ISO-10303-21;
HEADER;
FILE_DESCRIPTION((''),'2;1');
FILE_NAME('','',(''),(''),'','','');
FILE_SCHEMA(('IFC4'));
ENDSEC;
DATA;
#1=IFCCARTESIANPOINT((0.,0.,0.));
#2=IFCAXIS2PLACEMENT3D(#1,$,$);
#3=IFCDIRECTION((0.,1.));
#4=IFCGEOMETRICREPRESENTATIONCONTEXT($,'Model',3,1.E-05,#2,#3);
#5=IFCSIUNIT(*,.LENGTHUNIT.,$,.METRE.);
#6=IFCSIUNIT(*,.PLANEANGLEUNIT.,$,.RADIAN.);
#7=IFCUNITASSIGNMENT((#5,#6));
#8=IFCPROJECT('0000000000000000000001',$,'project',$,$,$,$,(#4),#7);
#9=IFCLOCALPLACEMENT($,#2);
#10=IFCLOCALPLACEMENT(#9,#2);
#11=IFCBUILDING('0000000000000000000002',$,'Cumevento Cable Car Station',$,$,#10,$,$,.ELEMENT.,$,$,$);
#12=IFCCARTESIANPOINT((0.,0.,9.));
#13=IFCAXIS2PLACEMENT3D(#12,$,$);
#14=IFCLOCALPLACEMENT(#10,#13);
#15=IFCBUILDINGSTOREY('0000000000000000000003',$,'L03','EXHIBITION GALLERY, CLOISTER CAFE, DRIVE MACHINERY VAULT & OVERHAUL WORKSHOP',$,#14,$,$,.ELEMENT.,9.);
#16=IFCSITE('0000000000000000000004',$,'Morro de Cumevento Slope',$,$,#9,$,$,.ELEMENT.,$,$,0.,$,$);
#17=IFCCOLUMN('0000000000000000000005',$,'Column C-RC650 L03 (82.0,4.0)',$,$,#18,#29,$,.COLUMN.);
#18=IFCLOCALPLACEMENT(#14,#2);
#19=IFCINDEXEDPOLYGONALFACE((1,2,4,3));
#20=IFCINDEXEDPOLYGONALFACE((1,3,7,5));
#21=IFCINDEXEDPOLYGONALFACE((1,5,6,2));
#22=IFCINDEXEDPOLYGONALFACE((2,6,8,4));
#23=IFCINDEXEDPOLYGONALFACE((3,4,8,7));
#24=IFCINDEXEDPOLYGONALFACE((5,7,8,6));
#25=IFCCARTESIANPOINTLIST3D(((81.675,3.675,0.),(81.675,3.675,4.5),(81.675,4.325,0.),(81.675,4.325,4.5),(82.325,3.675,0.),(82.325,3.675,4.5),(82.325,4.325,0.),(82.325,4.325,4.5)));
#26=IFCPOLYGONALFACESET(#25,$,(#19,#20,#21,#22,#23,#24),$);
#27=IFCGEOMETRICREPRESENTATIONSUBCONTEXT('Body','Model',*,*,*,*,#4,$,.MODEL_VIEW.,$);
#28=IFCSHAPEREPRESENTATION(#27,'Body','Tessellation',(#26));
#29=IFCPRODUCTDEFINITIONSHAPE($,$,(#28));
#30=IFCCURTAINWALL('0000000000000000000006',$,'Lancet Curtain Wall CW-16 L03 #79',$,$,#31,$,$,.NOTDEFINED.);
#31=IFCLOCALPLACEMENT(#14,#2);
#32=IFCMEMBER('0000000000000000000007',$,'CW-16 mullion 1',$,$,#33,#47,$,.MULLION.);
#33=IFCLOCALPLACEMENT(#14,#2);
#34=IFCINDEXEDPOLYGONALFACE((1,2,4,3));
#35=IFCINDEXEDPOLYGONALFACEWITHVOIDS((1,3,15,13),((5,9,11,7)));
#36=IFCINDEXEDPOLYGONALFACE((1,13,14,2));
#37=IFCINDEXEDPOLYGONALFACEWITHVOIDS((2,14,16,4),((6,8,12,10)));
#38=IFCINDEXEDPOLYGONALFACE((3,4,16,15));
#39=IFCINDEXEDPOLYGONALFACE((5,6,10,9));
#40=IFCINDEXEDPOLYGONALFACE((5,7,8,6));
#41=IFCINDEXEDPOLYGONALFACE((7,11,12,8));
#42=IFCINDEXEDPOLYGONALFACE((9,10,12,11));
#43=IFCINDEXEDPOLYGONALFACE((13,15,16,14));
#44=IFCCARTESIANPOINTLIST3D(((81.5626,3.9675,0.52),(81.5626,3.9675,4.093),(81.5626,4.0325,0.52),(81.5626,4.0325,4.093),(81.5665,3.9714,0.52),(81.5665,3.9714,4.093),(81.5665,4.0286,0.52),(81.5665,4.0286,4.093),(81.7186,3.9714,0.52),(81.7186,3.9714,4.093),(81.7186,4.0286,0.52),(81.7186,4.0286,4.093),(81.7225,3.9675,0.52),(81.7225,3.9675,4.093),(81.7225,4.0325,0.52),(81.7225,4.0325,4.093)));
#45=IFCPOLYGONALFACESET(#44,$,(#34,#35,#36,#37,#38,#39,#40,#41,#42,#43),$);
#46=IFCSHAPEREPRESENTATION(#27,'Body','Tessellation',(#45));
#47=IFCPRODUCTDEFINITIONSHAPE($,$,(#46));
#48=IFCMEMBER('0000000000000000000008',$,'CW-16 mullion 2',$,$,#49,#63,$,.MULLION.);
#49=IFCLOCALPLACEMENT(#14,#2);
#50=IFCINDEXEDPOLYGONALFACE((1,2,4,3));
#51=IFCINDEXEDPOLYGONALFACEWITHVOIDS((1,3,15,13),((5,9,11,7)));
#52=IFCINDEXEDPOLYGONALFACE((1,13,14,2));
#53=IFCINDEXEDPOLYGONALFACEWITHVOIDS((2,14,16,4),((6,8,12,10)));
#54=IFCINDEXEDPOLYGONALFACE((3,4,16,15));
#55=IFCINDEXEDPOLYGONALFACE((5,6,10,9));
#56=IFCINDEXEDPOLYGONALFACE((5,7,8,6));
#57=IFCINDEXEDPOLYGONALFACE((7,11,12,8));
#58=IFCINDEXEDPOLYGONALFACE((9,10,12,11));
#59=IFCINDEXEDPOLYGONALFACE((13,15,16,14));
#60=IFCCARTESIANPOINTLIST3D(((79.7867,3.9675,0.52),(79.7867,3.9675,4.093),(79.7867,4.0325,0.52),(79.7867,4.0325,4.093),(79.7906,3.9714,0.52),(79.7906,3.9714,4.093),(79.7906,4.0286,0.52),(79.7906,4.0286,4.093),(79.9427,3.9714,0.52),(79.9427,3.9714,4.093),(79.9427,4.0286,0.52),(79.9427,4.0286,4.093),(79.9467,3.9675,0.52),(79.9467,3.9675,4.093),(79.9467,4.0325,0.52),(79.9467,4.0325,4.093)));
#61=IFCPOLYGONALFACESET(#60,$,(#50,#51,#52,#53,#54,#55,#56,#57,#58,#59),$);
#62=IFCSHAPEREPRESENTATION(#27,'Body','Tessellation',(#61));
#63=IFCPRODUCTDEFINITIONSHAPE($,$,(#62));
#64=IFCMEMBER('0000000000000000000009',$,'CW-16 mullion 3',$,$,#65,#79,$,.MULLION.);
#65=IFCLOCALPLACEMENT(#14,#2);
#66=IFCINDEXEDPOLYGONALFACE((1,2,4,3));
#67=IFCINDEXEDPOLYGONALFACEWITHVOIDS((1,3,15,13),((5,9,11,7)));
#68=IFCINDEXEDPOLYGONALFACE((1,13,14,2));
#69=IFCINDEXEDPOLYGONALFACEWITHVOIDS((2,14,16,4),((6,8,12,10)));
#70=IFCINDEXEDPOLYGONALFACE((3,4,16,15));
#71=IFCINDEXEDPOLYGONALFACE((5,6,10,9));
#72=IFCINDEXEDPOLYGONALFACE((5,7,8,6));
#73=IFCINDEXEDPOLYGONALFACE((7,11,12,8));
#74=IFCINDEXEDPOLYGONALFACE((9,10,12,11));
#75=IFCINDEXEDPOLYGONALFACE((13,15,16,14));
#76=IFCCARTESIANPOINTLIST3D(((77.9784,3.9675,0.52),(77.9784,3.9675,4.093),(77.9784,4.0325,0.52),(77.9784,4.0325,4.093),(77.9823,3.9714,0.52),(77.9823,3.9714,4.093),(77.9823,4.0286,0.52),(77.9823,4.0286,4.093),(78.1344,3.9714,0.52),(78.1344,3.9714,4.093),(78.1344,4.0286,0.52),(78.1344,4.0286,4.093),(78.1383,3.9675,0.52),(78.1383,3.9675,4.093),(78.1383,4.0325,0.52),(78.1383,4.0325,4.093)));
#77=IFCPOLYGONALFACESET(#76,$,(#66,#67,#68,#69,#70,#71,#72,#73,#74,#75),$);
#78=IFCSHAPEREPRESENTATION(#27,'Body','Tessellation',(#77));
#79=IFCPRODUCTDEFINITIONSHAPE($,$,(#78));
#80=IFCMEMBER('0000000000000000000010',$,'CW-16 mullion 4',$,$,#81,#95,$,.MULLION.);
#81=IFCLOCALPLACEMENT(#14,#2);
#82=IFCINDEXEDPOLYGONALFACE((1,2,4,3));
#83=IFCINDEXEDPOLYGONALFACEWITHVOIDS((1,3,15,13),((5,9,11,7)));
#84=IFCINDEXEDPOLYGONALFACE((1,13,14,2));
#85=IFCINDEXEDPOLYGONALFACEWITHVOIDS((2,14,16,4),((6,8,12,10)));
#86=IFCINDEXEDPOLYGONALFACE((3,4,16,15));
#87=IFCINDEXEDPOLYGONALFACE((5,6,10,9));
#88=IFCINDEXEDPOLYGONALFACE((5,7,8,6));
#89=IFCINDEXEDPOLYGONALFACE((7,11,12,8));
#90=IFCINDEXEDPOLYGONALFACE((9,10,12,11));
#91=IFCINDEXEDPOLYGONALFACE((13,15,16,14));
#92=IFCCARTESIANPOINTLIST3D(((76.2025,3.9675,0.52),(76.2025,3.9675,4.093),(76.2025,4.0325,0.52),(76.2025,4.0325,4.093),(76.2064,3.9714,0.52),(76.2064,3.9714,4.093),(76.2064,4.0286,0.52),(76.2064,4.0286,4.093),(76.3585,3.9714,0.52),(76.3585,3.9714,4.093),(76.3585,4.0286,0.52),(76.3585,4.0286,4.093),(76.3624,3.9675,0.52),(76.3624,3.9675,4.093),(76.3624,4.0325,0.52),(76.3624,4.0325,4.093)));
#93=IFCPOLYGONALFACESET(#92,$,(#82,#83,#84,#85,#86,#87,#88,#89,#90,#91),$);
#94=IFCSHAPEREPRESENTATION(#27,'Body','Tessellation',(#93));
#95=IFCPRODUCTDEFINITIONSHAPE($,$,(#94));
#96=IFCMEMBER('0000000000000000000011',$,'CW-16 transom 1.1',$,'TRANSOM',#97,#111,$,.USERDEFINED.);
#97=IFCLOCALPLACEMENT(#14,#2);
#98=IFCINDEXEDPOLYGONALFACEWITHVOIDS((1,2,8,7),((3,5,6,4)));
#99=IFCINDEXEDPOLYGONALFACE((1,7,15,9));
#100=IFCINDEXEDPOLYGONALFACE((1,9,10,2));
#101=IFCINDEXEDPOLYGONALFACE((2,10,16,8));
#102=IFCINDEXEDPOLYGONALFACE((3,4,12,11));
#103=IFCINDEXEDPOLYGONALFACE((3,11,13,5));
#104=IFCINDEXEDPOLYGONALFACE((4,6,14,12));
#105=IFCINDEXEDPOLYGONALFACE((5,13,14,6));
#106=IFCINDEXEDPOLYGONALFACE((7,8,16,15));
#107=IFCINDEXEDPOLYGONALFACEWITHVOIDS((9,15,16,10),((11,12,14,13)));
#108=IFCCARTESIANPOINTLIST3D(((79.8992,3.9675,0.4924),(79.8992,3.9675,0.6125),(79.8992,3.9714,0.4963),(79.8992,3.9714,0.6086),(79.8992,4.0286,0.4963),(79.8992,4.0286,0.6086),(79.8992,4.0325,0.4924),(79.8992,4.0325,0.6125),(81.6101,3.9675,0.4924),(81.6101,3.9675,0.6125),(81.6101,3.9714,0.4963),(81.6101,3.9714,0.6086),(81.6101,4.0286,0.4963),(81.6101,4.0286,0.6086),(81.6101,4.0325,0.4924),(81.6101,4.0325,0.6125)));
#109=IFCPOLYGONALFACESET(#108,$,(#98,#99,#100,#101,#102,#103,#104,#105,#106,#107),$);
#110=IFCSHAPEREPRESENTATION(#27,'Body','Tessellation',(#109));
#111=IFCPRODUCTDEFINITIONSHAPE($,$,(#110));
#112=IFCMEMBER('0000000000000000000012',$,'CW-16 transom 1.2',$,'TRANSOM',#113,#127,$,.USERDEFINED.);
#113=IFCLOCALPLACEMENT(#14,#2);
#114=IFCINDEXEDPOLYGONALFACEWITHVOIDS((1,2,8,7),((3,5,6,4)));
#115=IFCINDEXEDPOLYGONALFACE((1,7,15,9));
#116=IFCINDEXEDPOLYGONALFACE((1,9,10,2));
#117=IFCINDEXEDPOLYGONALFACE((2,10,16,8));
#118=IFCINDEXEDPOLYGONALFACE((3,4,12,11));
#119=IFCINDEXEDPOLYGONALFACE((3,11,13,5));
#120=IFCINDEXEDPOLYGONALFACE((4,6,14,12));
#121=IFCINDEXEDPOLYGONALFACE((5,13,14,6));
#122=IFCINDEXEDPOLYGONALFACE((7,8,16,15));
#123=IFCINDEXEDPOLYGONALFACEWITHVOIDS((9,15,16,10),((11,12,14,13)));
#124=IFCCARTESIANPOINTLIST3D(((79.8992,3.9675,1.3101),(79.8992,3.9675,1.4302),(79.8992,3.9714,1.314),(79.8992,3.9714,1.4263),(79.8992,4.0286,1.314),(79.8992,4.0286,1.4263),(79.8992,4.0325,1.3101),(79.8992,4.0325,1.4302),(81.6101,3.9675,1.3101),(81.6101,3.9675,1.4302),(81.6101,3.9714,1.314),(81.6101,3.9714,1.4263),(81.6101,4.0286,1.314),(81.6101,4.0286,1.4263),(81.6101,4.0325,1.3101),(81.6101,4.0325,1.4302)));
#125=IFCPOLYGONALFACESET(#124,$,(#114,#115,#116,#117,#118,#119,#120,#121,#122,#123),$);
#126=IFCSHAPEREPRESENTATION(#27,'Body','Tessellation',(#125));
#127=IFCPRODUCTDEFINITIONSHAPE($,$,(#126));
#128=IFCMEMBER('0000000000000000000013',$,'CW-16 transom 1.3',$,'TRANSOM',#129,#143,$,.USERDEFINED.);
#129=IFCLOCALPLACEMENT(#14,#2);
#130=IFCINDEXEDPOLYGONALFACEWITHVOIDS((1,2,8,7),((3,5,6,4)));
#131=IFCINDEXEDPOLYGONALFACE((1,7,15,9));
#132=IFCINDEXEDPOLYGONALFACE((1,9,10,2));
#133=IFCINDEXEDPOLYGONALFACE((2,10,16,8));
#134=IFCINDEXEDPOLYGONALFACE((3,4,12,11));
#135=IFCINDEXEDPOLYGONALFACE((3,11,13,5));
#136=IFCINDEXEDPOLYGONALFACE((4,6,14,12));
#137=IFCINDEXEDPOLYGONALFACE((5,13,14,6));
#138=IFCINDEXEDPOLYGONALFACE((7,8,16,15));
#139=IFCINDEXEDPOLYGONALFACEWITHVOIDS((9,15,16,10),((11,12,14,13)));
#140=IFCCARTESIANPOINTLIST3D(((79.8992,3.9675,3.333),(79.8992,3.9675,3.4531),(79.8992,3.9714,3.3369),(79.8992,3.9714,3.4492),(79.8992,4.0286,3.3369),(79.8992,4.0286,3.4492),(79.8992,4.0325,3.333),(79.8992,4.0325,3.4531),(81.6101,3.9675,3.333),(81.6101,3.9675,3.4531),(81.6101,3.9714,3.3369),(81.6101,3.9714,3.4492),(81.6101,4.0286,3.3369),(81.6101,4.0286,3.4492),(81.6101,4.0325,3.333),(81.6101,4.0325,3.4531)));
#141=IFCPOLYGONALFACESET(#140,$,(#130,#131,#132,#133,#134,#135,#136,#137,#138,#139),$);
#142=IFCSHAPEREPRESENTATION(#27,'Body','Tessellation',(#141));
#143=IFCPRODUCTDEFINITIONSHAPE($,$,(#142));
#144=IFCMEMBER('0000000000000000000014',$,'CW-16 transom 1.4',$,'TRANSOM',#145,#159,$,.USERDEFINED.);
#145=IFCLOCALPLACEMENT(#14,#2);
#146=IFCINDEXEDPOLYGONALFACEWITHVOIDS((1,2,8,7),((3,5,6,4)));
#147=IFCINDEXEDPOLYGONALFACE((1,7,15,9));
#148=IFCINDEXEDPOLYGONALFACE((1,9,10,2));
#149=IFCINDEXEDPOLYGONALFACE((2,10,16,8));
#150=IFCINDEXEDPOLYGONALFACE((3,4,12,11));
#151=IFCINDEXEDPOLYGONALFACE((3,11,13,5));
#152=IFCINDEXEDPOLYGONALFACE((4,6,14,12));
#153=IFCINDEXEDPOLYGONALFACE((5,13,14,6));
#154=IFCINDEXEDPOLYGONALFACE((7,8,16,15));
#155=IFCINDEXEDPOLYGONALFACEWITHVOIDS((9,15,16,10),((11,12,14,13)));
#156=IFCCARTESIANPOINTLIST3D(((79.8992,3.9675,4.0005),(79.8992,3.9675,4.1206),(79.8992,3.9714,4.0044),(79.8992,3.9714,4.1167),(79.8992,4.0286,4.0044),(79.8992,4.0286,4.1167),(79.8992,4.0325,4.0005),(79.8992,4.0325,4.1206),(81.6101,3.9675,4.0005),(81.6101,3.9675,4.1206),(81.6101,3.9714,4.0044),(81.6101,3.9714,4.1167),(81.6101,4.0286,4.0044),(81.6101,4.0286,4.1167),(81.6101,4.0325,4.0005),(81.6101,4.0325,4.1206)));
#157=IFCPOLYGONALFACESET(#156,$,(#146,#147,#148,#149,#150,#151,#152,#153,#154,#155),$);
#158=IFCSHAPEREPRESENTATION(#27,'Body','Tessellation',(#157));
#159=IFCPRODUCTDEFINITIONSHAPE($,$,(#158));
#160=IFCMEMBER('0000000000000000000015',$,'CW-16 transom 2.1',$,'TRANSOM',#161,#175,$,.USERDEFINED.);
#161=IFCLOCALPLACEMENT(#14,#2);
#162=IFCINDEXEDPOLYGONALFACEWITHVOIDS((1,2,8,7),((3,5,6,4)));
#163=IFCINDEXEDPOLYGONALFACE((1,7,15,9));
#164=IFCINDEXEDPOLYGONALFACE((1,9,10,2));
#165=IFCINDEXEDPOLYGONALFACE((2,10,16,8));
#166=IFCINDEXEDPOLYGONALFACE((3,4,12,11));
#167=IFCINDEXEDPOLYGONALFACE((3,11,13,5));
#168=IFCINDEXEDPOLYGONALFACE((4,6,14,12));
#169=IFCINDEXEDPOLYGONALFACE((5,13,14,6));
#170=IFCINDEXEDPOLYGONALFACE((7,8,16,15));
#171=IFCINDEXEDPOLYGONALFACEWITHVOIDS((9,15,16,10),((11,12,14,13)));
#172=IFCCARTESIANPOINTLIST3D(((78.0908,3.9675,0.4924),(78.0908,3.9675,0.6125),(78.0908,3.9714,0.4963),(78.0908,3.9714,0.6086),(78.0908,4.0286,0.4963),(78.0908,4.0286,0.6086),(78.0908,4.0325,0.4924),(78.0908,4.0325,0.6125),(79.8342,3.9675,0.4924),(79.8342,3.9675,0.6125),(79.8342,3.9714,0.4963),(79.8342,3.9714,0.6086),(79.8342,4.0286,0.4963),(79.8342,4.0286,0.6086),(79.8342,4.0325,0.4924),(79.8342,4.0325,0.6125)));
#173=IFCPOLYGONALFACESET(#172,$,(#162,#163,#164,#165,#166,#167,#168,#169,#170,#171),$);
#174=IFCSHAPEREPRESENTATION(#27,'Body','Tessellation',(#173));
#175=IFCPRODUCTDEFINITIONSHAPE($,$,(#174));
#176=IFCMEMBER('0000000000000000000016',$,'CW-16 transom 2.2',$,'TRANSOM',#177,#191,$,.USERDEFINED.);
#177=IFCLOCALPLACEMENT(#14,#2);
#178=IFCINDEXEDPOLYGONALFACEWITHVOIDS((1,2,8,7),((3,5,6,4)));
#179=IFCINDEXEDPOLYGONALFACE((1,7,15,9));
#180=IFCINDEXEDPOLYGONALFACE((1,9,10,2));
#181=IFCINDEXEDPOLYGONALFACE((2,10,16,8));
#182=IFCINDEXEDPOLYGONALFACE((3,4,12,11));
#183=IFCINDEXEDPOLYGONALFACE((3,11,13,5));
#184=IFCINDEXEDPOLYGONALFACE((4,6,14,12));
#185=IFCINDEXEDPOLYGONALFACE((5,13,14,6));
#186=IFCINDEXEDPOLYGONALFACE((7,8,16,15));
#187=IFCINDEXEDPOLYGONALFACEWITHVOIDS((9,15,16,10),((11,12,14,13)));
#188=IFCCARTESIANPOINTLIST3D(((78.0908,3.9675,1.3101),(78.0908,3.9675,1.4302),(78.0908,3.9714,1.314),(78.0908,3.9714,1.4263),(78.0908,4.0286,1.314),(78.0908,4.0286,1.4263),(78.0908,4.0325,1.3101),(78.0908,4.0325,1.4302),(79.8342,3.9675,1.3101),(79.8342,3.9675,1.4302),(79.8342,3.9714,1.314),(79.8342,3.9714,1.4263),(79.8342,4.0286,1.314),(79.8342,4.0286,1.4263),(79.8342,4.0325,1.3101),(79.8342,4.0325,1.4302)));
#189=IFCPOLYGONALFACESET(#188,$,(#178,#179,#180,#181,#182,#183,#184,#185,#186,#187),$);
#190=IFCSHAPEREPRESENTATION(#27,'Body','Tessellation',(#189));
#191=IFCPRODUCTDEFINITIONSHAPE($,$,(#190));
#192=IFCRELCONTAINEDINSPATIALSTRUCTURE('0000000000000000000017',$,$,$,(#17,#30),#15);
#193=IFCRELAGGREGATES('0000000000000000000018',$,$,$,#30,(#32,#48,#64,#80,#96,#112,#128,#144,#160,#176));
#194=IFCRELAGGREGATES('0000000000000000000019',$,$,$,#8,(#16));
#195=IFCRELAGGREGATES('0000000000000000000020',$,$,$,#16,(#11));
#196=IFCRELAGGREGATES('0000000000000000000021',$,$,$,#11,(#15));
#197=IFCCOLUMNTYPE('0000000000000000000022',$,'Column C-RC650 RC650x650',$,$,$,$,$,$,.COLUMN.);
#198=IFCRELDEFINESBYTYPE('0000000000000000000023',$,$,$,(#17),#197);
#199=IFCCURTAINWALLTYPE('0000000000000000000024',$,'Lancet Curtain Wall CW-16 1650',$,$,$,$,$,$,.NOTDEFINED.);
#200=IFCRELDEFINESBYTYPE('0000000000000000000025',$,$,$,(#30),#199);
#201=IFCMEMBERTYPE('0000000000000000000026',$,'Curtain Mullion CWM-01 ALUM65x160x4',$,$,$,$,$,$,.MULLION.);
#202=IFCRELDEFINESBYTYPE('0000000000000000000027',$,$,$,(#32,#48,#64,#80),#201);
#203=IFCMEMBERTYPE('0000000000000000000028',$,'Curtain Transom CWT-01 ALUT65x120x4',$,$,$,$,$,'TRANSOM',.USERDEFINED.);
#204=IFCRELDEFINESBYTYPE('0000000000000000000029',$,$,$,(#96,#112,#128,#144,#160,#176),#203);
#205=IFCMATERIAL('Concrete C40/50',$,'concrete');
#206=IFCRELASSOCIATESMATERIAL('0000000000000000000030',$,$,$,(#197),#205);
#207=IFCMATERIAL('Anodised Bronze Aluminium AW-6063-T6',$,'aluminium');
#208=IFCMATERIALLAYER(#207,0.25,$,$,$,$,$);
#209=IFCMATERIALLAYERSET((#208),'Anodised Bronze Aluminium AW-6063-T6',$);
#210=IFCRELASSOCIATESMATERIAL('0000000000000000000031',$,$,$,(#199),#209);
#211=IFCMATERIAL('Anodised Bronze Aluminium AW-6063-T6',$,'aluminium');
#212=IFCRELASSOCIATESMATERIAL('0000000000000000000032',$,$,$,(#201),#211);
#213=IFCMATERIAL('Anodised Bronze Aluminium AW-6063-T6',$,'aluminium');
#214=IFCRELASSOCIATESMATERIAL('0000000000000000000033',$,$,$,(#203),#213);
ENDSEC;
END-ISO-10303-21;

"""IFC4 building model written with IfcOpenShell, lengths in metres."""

from ifc_helpers import new_model, si_unit, direction, frame, origin, origin_2d, place, context, subcontext, project, spatial, rectangle, hollow_rectangle, extrude, material, layer, layer_set, material_profile, profile_set, type_object, element, aggregate, save


model = new_model("IFC4")

# Units and contexts
model_context = context("Model", 3, precision=1e-05, world=origin(), true_north=direction((0.0, 1.0)))
body_context = subcontext(model_context, "Body", "Model", "MODEL_VIEW")
ifc_project = project(units=[si_unit("LENGTHUNIT", "METRE"), si_unit("PLANEANGLEUNIT", "RADIAN")], contexts=[model_context])

# Site, building, storey
site_placement = place(None, origin())
site = spatial("IfcSite", under=ifc_project, at=site_placement, Name="Morro de Cumevento Slope", CompositionType="ELEMENT", RefElevation=0.0)
building_placement = place(site_placement, origin())
building = spatial("IfcBuilding", under=site, at=building_placement, Name="Cumevento Cable Car Station", CompositionType="ELEMENT")
storey_placement = place(building_placement, frame((0.0, 0.0, 9.0)))
storey = spatial("IfcBuildingStorey", under=building, at=storey_placement, Name="L03", Description="EXHIBITION GALLERY, CLOISTER CAFE, DRIVE MACHINERY VAULT & OVERHAUL WORKSHOP", CompositionType="ELEMENT", Elevation=9.0)

# Column
ifc_material_1 = material(Name="Concrete C40/50", Category="concrete")
ifc_material_profile_1 = material_profile(ifc_material_1, rectangle(XDim=0.6499, YDim=0.6499, at=origin_2d()), Name="RC650x650")
ifc_profile_set_1 = profile_set([ifc_material_profile_1], Name="Concrete C40/50")
column_type = type_object("IfcColumnType", Name="Column C-RC650 RC650x650", PredefinedType="COLUMN", material=ifc_profile_set_1)
column_placement = place(storey_placement, frame((82.0, 4.0, 0.0), z_axis=(0.0, 0.0, 1.0), x_axis=(1.0, 0.0, 0.0)))
element("IfcColumn", 1, at=column_placement, inside=storey, type_object=column_type, Name="Column C-RC650 L03 (82.0,4.0)", PredefinedType="COLUMN", context=body_context, shape_type="SweptSolid", body=[
    extrude(rectangle(XDim=0.6499, YDim=0.6499, at=origin_2d()), origin(), (0.0, 0.0, 1.0), 4.5),
])

# Curtain wall, members
ifc_material_2 = material(Name="Anodised Bronze Aluminium AW-6063-T6", Category="aluminium")
ifc_layer_1 = layer(ifc_material_2, 0.25)
ifc_layer_set_1 = layer_set([ifc_layer_1], Name="Anodised Bronze Aluminium AW-6063-T6")
curtain_wall_type = type_object("IfcCurtainWallType", Name="Lancet Curtain Wall CW-16 1650", PredefinedType="NOTDEFINED", material=ifc_layer_set_1)
curtain_wall_placement = place(storey_placement, origin())
curtain_wall = element("IfcCurtainWall", 2, at=curtain_wall_placement, inside=storey, type_object=curtain_wall_type, Name="Lancet Curtain Wall CW-16 L03 #79", PredefinedType="NOTDEFINED")
ifc_material_3 = material(Name="Anodised Bronze Aluminium AW-6063-T6", Category="aluminium")
ifc_material_profile_2 = material_profile(ifc_material_3, hollow_rectangle(XDim=0.0649, YDim=0.1599, WallThickness=0.0039, at=origin_2d()), Name="ALUM65x160x4")
ifc_profile_set_2 = profile_set([ifc_material_profile_2], Name="Anodised Bronze Aluminium AW-6063-T6")
member_type_1 = type_object("IfcMemberType", Name="Curtain Mullion CWM-01 ALUM65x160x4", PredefinedType="MULLION", material=ifc_profile_set_2)
member_1_placement = place(storey_placement, frame((81.6426, 4.0, 0.52), z_axis=(0.0, 0.0, 1.0), x_axis=(0.0, -1.0, 0.0)))
member_1 = element("IfcMember", 3, at=member_1_placement, type_object=member_type_1, Name="CW-16 mullion 1", PredefinedType="MULLION", context=body_context, shape_type="SweptSolid", body=[
    extrude(hollow_rectangle(XDim=0.0649, YDim=0.1599, WallThickness=0.0039, at=origin_2d()), origin(), (0.0, 0.0, 1.0), 3.573),
])
member_2_placement = place(storey_placement, frame((79.8667, 4.0, 0.52), z_axis=(0.0, 0.0, 1.0), x_axis=(0.0, -1.0, 0.0)))
member_2 = element("IfcMember", 4, at=member_2_placement, type_object=member_type_1, Name="CW-16 mullion 2", PredefinedType="MULLION", context=body_context, shape_type="SweptSolid", body=[
    extrude(hollow_rectangle(XDim=0.0649, YDim=0.1599, WallThickness=0.0039, at=origin_2d()), origin(), (0.0, 0.0, 1.0), 3.573),
])
member_3_placement = place(storey_placement, frame((78.0583, 4.0, 0.52), z_axis=(0.0, 0.0, 1.0), x_axis=(0.0, -1.0, 0.0)))
member_3 = element("IfcMember", 5, at=member_3_placement, type_object=member_type_1, Name="CW-16 mullion 3", PredefinedType="MULLION", context=body_context, shape_type="SweptSolid", body=[
    extrude(hollow_rectangle(XDim=0.0649, YDim=0.1599, WallThickness=0.0039, at=origin_2d()), origin(), (0.0, 0.0, 1.0), 3.573),
])
member_4_placement = place(storey_placement, frame((76.2825, 4.0, 0.52), z_axis=(0.0, 0.0, 1.0), x_axis=(0.0, -1.0, 0.0)))
member_4 = element("IfcMember", 6, at=member_4_placement, type_object=member_type_1, Name="CW-16 mullion 4", PredefinedType="MULLION", context=body_context, shape_type="SweptSolid", body=[
    extrude(hollow_rectangle(XDim=0.0649, YDim=0.1599, WallThickness=0.0039, at=origin_2d()), origin(), (0.0, 0.0, 1.0), 3.573),
])
ifc_material_4 = material(Name="Anodised Bronze Aluminium AW-6063-T6", Category="aluminium")
ifc_material_profile_3 = material_profile(ifc_material_4, hollow_rectangle(XDim=0.0649, YDim=0.1201, WallThickness=0.0039, at=origin_2d()), Name="ALUT65x120x4")
ifc_profile_set_3 = profile_set([ifc_material_profile_3], Name="Anodised Bronze Aluminium AW-6063-T6")
member_type_2 = type_object("IfcMemberType", Name="Curtain Transom CWT-01 ALUT65x120x4", ElementType="TRANSOM", PredefinedType="USERDEFINED", material=ifc_profile_set_3)
member_5_placement = place(storey_placement, frame((81.6101, 4.0, 0.5525), z_axis=(-1.0, 0.0, 0.0), x_axis=(0.0, -1.0, 0.0)))
member_5 = element("IfcMember", 7, at=member_5_placement, type_object=member_type_2, Name="CW-16 transom 1.1", ObjectType="TRANSOM", PredefinedType="USERDEFINED", context=body_context, shape_type="SweptSolid", body=[
    extrude(hollow_rectangle(XDim=0.0649, YDim=0.1201, WallThickness=0.0039, at=origin_2d()), origin(), (0.0, 0.0, 1.0), 1.7109),
])
member_6_placement = place(storey_placement, frame((81.6101, 4.0, 1.3701), z_axis=(-1.0, 0.0, 0.0), x_axis=(0.0, -1.0, 0.0)))
member_6 = element("IfcMember", 8, at=member_6_placement, type_object=member_type_2, Name="CW-16 transom 1.2", ObjectType="TRANSOM", PredefinedType="USERDEFINED", context=body_context, shape_type="SweptSolid", body=[
    extrude(hollow_rectangle(XDim=0.0649, YDim=0.1201, WallThickness=0.0039, at=origin_2d()), origin(), (0.0, 0.0, 1.0), 1.7109),
])
member_7_placement = place(storey_placement, frame((81.6101, 4.0, 3.3931), z_axis=(-1.0, 0.0, 0.0), x_axis=(0.0, -1.0, 0.0)))
member_7 = element("IfcMember", 9, at=member_7_placement, type_object=member_type_2, Name="CW-16 transom 1.3", ObjectType="TRANSOM", PredefinedType="USERDEFINED", context=body_context, shape_type="SweptSolid", body=[
    extrude(hollow_rectangle(XDim=0.0649, YDim=0.1201, WallThickness=0.0039, at=origin_2d()), origin(), (0.0, 0.0, 1.0), 1.7109),
])
member_8_placement = place(storey_placement, frame((81.6101, 4.0, 4.0605), z_axis=(-1.0, 0.0, 0.0), x_axis=(0.0, -1.0, 0.0)))
member_8 = element("IfcMember", 10, at=member_8_placement, type_object=member_type_2, Name="CW-16 transom 1.4", ObjectType="TRANSOM", PredefinedType="USERDEFINED", context=body_context, shape_type="SweptSolid", body=[
    extrude(hollow_rectangle(XDim=0.0649, YDim=0.1201, WallThickness=0.0039, at=origin_2d()), origin(), (0.0, 0.0, 1.0), 1.7109),
])
member_9_placement = place(storey_placement, frame((79.8342, 4.0, 0.5525), z_axis=(-1.0, 0.0, 0.0), x_axis=(0.0, -1.0, 0.0)))
member_9 = element("IfcMember", 11, at=member_9_placement, type_object=member_type_2, Name="CW-16 transom 2.1", ObjectType="TRANSOM", PredefinedType="USERDEFINED", context=body_context, shape_type="SweptSolid", body=[
    extrude(hollow_rectangle(XDim=0.0649, YDim=0.1201, WallThickness=0.0039, at=origin_2d()), origin(), (0.0, 0.0, 1.0), 1.7434),
])
member_10_placement = place(storey_placement, frame((79.8342, 4.0, 1.3701), z_axis=(-1.0, 0.0, 0.0), x_axis=(0.0, -1.0, 0.0)))
member_10 = element("IfcMember", 12, at=member_10_placement, type_object=member_type_2, Name="CW-16 transom 2.2", ObjectType="TRANSOM", PredefinedType="USERDEFINED", context=body_context, shape_type="SweptSolid", body=[
    extrude(hollow_rectangle(XDim=0.0649, YDim=0.1201, WallThickness=0.0039, at=origin_2d()), origin(), (0.0, 0.0, 1.0), 1.7434),
])
aggregate(curtain_wall, [member_1, member_2, member_3, member_4, member_5, member_6, member_7, member_8, member_9, member_10])

save(model, "model.ifc")
